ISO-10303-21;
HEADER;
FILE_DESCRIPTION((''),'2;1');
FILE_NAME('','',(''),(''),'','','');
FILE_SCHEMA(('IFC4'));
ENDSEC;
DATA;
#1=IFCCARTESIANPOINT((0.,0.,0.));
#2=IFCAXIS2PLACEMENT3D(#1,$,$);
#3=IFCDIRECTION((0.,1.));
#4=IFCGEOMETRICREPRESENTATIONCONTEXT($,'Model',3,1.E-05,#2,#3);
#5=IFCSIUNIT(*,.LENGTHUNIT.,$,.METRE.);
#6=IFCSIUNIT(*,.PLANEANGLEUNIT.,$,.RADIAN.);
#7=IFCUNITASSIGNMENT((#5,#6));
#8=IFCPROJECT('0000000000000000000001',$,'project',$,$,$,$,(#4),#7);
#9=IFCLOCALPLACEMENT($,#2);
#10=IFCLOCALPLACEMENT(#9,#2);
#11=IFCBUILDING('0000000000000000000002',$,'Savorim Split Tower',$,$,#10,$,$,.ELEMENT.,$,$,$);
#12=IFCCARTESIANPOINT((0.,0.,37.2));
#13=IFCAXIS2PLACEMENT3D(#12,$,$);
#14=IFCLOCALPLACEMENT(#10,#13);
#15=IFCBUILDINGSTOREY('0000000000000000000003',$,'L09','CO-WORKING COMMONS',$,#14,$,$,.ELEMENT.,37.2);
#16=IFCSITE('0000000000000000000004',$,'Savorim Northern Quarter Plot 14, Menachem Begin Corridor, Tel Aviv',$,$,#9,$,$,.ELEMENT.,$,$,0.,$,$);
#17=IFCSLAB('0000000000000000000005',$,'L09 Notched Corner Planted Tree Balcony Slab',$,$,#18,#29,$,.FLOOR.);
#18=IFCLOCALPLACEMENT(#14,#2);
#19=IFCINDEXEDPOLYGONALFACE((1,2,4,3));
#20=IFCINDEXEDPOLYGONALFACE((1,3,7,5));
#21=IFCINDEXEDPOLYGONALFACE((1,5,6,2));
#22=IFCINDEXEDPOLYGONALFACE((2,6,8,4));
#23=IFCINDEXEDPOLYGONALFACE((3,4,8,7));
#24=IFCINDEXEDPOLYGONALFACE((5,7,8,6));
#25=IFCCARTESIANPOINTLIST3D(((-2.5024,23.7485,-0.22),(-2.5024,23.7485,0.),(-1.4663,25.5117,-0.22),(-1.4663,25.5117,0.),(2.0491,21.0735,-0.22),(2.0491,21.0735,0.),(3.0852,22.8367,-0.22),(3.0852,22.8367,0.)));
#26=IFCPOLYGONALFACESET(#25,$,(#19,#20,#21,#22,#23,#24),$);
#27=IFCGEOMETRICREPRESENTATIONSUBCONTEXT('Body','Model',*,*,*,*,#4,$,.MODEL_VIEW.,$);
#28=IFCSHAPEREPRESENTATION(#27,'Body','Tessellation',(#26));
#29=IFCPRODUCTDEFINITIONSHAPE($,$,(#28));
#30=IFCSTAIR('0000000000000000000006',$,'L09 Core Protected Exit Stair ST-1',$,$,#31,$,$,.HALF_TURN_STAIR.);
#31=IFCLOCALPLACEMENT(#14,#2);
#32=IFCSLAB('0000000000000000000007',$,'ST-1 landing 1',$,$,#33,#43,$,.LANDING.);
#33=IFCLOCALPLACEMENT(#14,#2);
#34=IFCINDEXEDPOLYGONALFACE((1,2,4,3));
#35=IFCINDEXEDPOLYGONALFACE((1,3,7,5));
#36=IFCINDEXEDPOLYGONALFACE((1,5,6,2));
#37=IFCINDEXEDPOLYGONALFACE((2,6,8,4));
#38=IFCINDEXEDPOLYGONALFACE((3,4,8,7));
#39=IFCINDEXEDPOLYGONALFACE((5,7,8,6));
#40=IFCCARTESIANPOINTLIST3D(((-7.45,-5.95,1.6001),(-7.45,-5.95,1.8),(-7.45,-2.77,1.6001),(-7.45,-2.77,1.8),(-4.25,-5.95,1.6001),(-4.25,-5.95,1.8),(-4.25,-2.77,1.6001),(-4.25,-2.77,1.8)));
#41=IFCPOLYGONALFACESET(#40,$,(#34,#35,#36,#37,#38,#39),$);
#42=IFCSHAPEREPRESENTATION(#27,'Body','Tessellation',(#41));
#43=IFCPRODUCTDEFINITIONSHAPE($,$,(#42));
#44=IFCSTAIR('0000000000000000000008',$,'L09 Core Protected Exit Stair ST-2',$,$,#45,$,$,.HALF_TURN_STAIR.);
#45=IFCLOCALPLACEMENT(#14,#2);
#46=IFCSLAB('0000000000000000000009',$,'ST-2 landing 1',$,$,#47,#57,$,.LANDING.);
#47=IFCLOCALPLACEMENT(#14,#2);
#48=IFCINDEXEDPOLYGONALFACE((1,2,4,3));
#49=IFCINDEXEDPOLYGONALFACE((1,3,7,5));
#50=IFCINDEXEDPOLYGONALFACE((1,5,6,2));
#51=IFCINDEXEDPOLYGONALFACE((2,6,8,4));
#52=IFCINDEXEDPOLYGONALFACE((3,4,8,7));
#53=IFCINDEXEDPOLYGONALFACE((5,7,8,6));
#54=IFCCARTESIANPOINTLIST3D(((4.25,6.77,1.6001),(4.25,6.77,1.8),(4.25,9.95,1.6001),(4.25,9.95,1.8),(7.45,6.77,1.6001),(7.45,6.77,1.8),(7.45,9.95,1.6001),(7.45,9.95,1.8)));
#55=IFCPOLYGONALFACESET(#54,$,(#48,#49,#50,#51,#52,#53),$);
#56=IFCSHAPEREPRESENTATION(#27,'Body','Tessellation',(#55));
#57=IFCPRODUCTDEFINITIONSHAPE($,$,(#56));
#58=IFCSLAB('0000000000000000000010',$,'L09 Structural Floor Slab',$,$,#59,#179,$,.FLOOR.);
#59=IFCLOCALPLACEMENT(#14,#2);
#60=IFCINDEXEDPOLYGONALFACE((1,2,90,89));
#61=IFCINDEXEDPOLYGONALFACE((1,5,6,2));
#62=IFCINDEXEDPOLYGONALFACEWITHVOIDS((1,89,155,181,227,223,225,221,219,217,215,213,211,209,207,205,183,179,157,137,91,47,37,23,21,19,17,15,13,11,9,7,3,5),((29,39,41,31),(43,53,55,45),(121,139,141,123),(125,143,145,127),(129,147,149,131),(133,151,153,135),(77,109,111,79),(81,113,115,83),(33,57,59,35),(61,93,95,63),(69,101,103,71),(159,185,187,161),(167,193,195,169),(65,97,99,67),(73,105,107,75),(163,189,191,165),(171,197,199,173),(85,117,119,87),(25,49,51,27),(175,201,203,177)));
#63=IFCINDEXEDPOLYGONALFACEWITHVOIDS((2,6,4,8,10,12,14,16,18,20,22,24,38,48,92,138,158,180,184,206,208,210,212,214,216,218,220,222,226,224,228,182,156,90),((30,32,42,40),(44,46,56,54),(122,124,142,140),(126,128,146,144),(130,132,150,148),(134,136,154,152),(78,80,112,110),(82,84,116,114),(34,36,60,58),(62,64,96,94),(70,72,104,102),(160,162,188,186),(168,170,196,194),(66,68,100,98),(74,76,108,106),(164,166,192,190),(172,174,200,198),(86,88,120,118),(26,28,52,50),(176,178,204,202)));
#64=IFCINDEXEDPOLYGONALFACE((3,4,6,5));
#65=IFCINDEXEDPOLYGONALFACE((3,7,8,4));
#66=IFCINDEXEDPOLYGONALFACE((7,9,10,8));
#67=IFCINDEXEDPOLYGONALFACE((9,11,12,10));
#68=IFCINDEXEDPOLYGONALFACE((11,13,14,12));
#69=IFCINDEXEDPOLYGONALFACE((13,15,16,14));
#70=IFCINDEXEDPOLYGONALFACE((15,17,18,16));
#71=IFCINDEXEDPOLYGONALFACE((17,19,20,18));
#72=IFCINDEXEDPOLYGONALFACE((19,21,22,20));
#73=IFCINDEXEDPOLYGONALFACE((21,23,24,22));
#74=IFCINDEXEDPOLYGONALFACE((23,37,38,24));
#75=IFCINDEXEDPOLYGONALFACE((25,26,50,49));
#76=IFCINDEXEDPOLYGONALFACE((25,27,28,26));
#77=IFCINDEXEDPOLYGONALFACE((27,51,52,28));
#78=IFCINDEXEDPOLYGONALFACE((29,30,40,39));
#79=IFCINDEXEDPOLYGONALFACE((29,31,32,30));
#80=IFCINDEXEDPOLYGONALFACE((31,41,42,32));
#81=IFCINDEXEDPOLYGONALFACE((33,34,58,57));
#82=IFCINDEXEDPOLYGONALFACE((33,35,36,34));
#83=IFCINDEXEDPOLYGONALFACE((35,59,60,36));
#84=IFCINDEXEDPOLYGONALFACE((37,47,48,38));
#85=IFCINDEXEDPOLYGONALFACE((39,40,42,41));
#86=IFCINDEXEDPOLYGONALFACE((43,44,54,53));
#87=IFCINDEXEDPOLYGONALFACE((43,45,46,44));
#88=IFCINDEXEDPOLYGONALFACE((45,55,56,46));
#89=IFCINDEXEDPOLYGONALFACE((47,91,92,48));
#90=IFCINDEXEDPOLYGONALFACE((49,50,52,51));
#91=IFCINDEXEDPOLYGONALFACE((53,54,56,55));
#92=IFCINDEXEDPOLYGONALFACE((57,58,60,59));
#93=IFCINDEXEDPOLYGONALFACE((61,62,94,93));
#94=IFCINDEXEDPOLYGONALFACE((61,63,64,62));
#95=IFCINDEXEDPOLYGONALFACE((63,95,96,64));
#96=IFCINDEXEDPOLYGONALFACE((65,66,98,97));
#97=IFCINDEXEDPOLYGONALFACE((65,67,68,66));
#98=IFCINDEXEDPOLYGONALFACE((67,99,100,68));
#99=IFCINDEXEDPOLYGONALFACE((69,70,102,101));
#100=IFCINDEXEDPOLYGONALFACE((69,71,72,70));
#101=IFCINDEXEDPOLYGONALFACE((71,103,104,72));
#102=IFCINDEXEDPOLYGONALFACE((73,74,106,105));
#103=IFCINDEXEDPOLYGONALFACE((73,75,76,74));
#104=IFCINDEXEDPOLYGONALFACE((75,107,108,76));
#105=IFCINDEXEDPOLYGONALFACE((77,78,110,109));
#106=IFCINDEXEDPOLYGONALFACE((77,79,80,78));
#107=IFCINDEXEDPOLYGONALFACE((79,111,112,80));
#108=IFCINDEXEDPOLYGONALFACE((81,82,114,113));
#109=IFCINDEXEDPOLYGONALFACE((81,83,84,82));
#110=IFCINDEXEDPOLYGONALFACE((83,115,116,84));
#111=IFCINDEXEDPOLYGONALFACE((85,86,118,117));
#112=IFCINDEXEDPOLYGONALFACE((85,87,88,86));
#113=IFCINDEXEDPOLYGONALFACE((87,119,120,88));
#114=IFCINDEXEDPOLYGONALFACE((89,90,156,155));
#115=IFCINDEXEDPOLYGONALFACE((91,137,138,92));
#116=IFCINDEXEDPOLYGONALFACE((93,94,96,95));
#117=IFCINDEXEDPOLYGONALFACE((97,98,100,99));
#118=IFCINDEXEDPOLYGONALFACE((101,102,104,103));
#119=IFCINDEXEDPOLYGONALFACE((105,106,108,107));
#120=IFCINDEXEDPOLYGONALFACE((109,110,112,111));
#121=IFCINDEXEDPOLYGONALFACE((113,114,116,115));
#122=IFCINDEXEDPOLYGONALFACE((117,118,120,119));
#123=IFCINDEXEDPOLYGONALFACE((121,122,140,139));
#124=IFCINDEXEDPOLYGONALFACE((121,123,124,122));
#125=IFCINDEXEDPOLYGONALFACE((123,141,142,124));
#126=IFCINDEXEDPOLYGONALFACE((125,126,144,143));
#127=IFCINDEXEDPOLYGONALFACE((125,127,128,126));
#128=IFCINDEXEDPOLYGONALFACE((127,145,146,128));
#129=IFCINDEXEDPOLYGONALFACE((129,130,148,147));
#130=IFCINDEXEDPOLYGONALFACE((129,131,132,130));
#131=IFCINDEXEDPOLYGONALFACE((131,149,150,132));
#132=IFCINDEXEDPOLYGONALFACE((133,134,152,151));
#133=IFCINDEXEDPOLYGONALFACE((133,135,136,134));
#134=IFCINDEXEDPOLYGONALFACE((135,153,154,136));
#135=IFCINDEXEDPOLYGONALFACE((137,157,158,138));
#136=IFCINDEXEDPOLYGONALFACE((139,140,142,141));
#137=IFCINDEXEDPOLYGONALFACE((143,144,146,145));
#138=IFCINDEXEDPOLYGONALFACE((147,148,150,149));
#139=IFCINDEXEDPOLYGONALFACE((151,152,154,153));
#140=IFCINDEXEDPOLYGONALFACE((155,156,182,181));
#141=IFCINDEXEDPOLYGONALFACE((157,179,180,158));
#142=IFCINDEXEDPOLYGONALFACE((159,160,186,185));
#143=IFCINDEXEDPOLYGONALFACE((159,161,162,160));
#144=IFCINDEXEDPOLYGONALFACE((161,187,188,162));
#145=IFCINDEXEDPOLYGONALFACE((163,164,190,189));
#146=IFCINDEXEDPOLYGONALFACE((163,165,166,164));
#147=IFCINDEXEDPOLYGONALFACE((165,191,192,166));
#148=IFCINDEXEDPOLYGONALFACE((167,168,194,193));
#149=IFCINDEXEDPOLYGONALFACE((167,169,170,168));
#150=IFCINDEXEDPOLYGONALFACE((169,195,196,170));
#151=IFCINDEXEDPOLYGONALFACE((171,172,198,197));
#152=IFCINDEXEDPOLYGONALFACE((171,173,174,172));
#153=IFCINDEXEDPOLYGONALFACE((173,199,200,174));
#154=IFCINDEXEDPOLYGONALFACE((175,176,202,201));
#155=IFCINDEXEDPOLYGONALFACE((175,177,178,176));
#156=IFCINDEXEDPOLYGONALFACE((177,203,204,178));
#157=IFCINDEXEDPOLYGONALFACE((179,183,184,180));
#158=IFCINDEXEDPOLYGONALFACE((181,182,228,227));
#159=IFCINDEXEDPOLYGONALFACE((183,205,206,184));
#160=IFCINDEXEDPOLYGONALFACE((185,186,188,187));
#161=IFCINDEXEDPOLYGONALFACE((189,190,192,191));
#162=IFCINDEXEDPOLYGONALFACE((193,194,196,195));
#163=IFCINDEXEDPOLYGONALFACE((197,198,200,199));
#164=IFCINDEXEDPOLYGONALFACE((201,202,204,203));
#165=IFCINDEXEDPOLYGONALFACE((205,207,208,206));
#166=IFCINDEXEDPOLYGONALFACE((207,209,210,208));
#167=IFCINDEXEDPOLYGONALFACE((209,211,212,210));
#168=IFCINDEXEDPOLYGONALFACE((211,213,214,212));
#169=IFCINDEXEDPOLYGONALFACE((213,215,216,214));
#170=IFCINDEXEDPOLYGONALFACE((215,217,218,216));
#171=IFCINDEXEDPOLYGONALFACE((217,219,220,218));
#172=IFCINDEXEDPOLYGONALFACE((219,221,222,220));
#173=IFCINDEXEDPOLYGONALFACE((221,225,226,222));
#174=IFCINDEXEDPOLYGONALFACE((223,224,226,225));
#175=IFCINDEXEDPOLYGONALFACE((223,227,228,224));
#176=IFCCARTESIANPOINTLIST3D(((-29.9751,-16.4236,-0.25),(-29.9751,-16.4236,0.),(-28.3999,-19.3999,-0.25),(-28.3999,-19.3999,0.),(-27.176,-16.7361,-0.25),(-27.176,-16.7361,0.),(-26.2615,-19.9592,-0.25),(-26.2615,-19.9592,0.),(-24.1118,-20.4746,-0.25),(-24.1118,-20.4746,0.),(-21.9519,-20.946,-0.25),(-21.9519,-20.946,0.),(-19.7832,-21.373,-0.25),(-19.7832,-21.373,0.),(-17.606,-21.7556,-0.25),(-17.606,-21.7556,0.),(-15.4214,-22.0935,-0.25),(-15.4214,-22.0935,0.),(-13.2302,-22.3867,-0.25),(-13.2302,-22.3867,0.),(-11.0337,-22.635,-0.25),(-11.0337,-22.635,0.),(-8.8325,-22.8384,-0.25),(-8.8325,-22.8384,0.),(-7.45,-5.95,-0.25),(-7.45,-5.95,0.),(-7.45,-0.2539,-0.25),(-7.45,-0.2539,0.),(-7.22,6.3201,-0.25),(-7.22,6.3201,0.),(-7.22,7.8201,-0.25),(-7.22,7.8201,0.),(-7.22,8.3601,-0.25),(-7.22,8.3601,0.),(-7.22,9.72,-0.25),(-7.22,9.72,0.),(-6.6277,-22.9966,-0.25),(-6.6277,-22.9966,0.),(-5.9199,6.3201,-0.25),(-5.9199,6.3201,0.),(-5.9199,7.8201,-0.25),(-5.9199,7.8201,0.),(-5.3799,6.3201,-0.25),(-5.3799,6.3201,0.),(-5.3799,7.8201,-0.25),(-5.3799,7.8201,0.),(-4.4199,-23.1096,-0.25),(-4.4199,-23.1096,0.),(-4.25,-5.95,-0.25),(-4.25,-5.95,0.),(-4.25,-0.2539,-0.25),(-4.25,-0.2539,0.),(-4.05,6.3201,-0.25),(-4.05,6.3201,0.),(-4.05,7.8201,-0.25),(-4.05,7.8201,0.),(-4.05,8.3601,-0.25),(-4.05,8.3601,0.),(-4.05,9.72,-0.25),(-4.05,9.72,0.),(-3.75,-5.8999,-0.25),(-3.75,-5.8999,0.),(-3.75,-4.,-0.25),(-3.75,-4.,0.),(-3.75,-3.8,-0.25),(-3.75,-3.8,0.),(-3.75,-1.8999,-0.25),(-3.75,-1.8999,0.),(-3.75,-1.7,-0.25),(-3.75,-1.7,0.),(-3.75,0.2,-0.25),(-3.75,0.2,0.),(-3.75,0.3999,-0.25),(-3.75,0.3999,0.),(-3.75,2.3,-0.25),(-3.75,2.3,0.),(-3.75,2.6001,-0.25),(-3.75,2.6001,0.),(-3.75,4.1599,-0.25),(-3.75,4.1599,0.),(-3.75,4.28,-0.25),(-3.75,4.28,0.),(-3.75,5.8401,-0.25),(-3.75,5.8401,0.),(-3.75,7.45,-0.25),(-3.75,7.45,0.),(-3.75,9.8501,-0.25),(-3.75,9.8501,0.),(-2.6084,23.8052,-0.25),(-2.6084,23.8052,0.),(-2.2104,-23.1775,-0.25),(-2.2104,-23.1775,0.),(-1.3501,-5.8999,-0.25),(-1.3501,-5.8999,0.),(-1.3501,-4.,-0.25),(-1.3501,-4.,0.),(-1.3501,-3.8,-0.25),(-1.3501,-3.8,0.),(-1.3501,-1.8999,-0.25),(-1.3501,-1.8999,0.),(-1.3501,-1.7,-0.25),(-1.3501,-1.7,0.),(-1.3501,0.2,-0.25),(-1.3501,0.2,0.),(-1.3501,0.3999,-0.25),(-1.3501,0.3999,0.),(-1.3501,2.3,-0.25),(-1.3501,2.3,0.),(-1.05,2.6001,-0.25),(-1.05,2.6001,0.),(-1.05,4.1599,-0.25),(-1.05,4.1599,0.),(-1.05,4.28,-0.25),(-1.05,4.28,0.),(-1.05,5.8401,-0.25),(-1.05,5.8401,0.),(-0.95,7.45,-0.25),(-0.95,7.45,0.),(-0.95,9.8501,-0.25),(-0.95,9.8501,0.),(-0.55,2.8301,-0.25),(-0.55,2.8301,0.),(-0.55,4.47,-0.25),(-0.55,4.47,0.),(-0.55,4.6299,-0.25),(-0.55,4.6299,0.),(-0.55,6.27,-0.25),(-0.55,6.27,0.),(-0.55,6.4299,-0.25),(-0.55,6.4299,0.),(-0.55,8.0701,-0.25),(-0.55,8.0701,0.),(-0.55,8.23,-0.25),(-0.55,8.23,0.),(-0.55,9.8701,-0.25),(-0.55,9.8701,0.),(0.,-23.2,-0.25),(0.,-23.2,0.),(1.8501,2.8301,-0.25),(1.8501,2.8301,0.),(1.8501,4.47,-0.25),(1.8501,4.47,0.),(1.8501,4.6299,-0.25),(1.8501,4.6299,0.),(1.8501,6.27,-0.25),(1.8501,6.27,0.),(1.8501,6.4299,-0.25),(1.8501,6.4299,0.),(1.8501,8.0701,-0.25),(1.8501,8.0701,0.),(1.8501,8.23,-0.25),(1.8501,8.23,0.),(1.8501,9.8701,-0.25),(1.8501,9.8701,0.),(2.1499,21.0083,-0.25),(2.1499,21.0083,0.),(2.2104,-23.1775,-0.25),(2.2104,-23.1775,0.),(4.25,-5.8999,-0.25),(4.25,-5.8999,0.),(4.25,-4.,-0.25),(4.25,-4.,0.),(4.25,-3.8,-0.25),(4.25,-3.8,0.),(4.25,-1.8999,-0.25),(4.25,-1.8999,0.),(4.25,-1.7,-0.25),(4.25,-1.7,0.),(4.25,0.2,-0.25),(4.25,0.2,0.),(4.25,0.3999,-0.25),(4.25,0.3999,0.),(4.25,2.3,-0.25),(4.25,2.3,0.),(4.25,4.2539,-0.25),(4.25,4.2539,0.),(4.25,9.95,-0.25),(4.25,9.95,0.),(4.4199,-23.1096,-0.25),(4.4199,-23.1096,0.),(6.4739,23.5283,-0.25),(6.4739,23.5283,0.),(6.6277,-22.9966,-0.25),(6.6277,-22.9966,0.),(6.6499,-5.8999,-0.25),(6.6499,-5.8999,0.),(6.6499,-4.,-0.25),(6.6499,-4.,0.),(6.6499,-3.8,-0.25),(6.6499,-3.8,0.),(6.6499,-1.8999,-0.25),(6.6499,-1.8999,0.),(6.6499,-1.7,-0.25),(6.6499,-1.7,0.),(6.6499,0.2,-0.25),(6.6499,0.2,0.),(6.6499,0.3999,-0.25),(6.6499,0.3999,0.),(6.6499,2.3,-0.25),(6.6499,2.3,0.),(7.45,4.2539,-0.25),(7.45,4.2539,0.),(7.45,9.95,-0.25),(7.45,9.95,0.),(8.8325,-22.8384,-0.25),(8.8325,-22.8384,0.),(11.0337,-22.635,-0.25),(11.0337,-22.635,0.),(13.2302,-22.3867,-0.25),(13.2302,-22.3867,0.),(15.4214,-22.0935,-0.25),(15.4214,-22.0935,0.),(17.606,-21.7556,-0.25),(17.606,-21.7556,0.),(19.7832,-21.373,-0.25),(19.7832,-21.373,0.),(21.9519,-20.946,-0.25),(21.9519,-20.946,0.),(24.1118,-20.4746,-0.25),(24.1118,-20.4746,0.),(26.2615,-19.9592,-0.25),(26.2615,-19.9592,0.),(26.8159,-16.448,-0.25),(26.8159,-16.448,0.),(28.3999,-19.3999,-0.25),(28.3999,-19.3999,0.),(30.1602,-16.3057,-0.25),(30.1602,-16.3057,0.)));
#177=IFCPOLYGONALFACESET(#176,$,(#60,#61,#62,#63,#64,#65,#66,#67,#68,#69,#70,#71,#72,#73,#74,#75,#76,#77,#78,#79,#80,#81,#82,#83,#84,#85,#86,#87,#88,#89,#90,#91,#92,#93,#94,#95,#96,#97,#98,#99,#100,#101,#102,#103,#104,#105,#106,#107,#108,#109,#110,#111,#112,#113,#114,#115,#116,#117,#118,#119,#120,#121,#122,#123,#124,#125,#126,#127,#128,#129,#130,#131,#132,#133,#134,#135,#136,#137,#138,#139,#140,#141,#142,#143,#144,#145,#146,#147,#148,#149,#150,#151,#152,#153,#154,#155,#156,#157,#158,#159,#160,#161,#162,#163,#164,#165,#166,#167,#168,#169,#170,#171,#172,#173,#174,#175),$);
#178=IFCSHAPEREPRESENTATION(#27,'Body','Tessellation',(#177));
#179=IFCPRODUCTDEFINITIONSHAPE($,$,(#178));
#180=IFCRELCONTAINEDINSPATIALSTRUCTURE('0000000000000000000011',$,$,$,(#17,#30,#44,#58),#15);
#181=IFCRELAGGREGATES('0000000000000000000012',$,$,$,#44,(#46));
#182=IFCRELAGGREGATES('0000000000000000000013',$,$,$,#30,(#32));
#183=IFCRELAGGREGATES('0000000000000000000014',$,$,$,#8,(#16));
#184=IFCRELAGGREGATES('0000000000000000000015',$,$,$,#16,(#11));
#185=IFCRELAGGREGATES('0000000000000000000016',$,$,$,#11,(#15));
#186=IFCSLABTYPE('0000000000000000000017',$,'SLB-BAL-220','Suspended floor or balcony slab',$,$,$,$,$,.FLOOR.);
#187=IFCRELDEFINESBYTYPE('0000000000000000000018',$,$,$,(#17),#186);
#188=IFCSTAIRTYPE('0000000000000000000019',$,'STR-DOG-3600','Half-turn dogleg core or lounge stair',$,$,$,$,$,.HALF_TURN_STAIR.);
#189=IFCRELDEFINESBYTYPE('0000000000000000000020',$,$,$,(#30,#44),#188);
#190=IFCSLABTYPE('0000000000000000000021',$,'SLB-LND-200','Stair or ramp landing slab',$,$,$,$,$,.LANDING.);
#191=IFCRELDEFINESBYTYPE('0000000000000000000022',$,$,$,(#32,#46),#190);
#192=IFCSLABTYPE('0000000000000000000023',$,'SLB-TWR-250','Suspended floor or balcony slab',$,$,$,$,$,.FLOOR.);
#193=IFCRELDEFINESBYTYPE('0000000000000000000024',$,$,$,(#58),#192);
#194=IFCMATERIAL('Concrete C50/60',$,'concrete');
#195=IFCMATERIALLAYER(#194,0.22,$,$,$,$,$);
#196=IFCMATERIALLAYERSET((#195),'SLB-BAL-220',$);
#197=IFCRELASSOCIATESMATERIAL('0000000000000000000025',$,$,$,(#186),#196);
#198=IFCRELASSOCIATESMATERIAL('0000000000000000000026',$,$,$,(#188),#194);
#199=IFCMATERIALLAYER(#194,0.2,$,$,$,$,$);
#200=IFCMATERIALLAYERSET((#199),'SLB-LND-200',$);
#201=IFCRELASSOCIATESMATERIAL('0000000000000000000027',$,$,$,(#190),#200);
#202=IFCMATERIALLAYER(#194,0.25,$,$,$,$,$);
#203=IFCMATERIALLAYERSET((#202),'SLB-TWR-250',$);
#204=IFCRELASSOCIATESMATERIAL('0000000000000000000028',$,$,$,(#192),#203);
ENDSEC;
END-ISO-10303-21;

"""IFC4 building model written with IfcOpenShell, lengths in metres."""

from ifc_helpers import new_model, si_unit, direction, frame, origin, place, context, subcontext, project, spatial, polyline, outline, extrude, material, layer, layer_set, type_object, element, aggregate, save


model = new_model("IFC4")

# Units and contexts
model_context = context("Model", 3, precision=1e-05, world=origin(), true_north=direction((0.0, 1.0)))
body_context = subcontext(model_context, "Body", "Model", "MODEL_VIEW")
ifc_project = project(units=[si_unit("LENGTHUNIT", "METRE"), si_unit("PLANEANGLEUNIT", "RADIAN")], contexts=[model_context])

# Site, building, storey
site_placement = place(None, origin())
site = spatial("IfcSite", under=ifc_project, at=site_placement, Name="Savorim Northern Quarter Plot 14, Menachem Begin Corridor, Tel Aviv", CompositionType="ELEMENT", RefElevation=0.0)
building_placement = place(site_placement, origin())
building = spatial("IfcBuilding", under=site, at=building_placement, Name="Savorim Split Tower", CompositionType="ELEMENT")
storey_placement = place(building_placement, frame((0.0, 0.0, 37.2)))
storey = spatial("IfcBuildingStorey", under=building, at=storey_placement, Name="L09", Description="CO-WORKING COMMONS", CompositionType="ELEMENT", Elevation=37.2)

# Slab
ifc_material_1 = material(Name="Concrete C50/60", Category="concrete")
ifc_layer_1 = layer(ifc_material_1, 0.22)
ifc_layer_set_1 = layer_set([ifc_layer_1], Name="SLB-BAL-220")
slab_type_1 = type_object("IfcSlabType", Name="SLB-BAL-220", Description="Suspended floor or balcony slab", PredefinedType="FLOOR", material=ifc_layer_set_1)
slab_1_placement = place(storey_placement, frame((0.0, 0.0, -0.22)))
element("IfcSlab", 1, at=slab_1_placement, inside=storey, type_object=slab_type_1, Name="L09 Notched Corner Planted Tree Balcony Slab", PredefinedType="FLOOR", context=body_context, shape_type="SweptSolid", body=[
    extrude(outline(polyline([(-2.5024, 23.7485), (2.0491, 21.0735), (3.0852, 22.8367), (-1.4663, 25.5117), (-2.5024, 23.7485)])), origin(), (0.0, 0.0, 1.0), 0.22),
])

# Stairs, slabs
stair_type = type_object("IfcStairType", Name="STR-DOG-3600", Description="Half-turn dogleg core or lounge stair", PredefinedType="HALF_TURN_STAIR", material=ifc_material_1)
stair_1_placement = place(storey_placement, origin())
stair_1 = element("IfcStair", 2, at=stair_1_placement, inside=storey, type_object=stair_type, Name="L09 Core Protected Exit Stair ST-1", PredefinedType="HALF_TURN_STAIR")
ifc_layer_2 = layer(ifc_material_1, 0.2)
ifc_layer_set_2 = layer_set([ifc_layer_2], Name="SLB-LND-200")
slab_type_2 = type_object("IfcSlabType", Name="SLB-LND-200", Description="Stair or ramp landing slab", PredefinedType="LANDING", material=ifc_layer_set_2)
slab_2_placement = place(storey_placement, frame((0.0, 0.0, 1.6001)))
slab_2 = element("IfcSlab", 3, at=slab_2_placement, type_object=slab_type_2, Name="ST-1 landing 1", PredefinedType="LANDING", context=body_context, shape_type="SweptSolid", body=[
    extrude(outline(polyline([(-7.45, -2.77), (-7.45, -5.95), (-4.25, -5.95), (-4.25, -2.77), (-7.45, -2.77)])), origin(), (0.0, 0.0, 1.0), 0.2),
])
stair_2_placement = place(storey_placement, origin())
stair_2 = element("IfcStair", 4, at=stair_2_placement, inside=storey, type_object=stair_type, Name="L09 Core Protected Exit Stair ST-2", PredefinedType="HALF_TURN_STAIR")
slab_3_placement = place(storey_placement, frame((0.0, 0.0, 1.6001)))
slab_3 = element("IfcSlab", 5, at=slab_3_placement, type_object=slab_type_2, Name="ST-2 landing 1", PredefinedType="LANDING", context=body_context, shape_type="SweptSolid", body=[
    extrude(outline(polyline([(7.45, 6.77), (7.45, 9.95), (4.25, 9.95), (4.25, 6.77), (7.45, 6.77)])), origin(), (0.0, 0.0, 1.0), 0.2),
])
aggregate(stair_2, [slab_3])

# Slab
ifc_layer_3 = layer(ifc_material_1, 0.25)
ifc_layer_set_3 = layer_set([ifc_layer_3], Name="SLB-TWR-250")
slab_type_3 = type_object("IfcSlabType", Name="SLB-TWR-250", Description="Suspended floor or balcony slab", PredefinedType="FLOOR", material=ifc_layer_set_3)
slab_4_placement = place(storey_placement, frame((0.0, 0.0, -0.25)))
element("IfcSlab", 6, at=slab_4_placement, inside=storey, type_object=slab_type_3, Name="L09 Structural Floor Slab", PredefinedType="FLOOR", context=body_context, shape_type="SweptSolid", body=[
    extrude(outline(polyline([(-28.3999, -19.3999), (-26.2615, -19.9592), (-24.1118, -20.4746), (-21.9519, -20.946), (-19.7832, -21.373), (-17.606, -21.7556), (-15.4214, -22.0935), (-13.2302, -22.3867), (-11.0337, -22.635), (-8.8325, -22.8384), (-6.6277, -22.9966), (-4.4199, -23.1096), (-2.2104, -23.1775), (0.0, -23.2), (2.2104, -23.1775), (4.4199, -23.1096), (6.6277, -22.9966), (8.8325, -22.8384), (11.0337, -22.635), (13.2302, -22.3867), (15.4214, -22.0935), (17.606, -21.7556), (19.7832, -21.373), (21.9519, -20.946), (24.1118, -20.4746), (26.2615, -19.9592), (28.3999, -19.3999), (26.8159, -16.448), (30.1602, -16.3057), (6.4739, 23.5283), (2.1499, 21.0083), (-2.6084, 23.8052), (-29.9751, -16.4236), (-27.176, -16.7361), (-28.3999, -19.3999)]), holes=[polyline([(-7.45, -0.2539), (-7.45, -5.95), (-4.25, -5.95), (-4.25, -0.2539), (-7.45, -0.2539)]), polyline([(7.45, 4.2539), (7.45, 9.95), (4.25, 9.95), (4.25, 4.2539), (7.45, 4.2539)]), polyline([(4.25, -5.8999), (6.6499, -5.8999), (6.6499, -4.0), (4.25, -4.0), (4.25, -5.8999)]), polyline([(4.25, -3.8), (6.6499, -3.8), (6.6499, -1.8999), (4.25, -1.8999), (4.25, -3.8)]), polyline([(4.25, -1.7), (6.6499, -1.7), (6.6499, 0.2), (4.25, 0.2), (4.25, -1.7)]), polyline([(4.25, 0.3999), (6.6499, 0.3999), (6.6499, 2.3), (4.25, 2.3), (4.25, 0.3999)]), polyline([(-3.75, -5.8999), (-1.3501, -5.8999), (-1.3501, -4.0), (-3.75, -4.0), (-3.75, -5.8999)]), polyline([(-3.75, -3.8), (-1.3501, -3.8), (-1.3501, -1.8999), (-3.75, -1.8999), (-3.75, -3.8)]), polyline([(-3.75, -1.7), (-1.3501, -1.7), (-1.3501, 0.2), (-3.75, 0.2), (-3.75, -1.7)]), polyline([(-3.75, 0.3999), (-1.3501, 0.3999), (-1.3501, 2.3), (-3.75, 2.3), (-3.75, 0.3999)]), polyline([(-0.55, 2.8301), (1.8501, 2.8301), (1.8501, 4.47), (-0.55, 4.47), (-0.55, 2.8301)]), polyline([(-0.55, 4.6299), (1.8501, 4.6299), (1.8501, 6.27), (-0.55, 6.27), (-0.55, 4.6299)]), polyline([(-0.55, 6.4299), (1.8501, 6.4299), (1.8501, 8.0701), (-0.55, 8.0701), (-0.55, 6.4299)]), polyline([(-0.55, 8.23), (1.8501, 8.23), (1.8501, 9.8701), (-0.55, 9.8701), (-0.55, 8.23)]), polyline([(-3.75, 2.6001), (-1.05, 2.6001), (-1.05, 4.1599), (-3.75, 4.1599), (-3.75, 2.6001)]), polyline([(-3.75, 4.28), (-1.05, 4.28), (-1.05, 5.8401), (-3.75, 5.8401), (-3.75, 4.28)]), polyline([(-3.75, 7.45), (-0.95, 7.45), (-0.95, 9.8501), (-3.75, 9.8501), (-3.75, 7.45)]), polyline([(-7.22, 6.3201), (-5.9199, 6.3201), (-5.9199, 7.8201), (-7.22, 7.8201), (-7.22, 6.3201)]), polyline([(-5.3799, 6.3201), (-4.05, 6.3201), (-4.05, 7.8201), (-5.3799, 7.8201), (-5.3799, 6.3201)]), polyline([(-7.22, 8.3601), (-4.05, 8.3601), (-4.05, 9.72), (-7.22, 9.72), (-7.22, 8.3601)])]), origin(), (0.0, 0.0, 1.0), 0.25),
])

aggregate(stair_1, [slab_2])

save(model, "model.ifc")
